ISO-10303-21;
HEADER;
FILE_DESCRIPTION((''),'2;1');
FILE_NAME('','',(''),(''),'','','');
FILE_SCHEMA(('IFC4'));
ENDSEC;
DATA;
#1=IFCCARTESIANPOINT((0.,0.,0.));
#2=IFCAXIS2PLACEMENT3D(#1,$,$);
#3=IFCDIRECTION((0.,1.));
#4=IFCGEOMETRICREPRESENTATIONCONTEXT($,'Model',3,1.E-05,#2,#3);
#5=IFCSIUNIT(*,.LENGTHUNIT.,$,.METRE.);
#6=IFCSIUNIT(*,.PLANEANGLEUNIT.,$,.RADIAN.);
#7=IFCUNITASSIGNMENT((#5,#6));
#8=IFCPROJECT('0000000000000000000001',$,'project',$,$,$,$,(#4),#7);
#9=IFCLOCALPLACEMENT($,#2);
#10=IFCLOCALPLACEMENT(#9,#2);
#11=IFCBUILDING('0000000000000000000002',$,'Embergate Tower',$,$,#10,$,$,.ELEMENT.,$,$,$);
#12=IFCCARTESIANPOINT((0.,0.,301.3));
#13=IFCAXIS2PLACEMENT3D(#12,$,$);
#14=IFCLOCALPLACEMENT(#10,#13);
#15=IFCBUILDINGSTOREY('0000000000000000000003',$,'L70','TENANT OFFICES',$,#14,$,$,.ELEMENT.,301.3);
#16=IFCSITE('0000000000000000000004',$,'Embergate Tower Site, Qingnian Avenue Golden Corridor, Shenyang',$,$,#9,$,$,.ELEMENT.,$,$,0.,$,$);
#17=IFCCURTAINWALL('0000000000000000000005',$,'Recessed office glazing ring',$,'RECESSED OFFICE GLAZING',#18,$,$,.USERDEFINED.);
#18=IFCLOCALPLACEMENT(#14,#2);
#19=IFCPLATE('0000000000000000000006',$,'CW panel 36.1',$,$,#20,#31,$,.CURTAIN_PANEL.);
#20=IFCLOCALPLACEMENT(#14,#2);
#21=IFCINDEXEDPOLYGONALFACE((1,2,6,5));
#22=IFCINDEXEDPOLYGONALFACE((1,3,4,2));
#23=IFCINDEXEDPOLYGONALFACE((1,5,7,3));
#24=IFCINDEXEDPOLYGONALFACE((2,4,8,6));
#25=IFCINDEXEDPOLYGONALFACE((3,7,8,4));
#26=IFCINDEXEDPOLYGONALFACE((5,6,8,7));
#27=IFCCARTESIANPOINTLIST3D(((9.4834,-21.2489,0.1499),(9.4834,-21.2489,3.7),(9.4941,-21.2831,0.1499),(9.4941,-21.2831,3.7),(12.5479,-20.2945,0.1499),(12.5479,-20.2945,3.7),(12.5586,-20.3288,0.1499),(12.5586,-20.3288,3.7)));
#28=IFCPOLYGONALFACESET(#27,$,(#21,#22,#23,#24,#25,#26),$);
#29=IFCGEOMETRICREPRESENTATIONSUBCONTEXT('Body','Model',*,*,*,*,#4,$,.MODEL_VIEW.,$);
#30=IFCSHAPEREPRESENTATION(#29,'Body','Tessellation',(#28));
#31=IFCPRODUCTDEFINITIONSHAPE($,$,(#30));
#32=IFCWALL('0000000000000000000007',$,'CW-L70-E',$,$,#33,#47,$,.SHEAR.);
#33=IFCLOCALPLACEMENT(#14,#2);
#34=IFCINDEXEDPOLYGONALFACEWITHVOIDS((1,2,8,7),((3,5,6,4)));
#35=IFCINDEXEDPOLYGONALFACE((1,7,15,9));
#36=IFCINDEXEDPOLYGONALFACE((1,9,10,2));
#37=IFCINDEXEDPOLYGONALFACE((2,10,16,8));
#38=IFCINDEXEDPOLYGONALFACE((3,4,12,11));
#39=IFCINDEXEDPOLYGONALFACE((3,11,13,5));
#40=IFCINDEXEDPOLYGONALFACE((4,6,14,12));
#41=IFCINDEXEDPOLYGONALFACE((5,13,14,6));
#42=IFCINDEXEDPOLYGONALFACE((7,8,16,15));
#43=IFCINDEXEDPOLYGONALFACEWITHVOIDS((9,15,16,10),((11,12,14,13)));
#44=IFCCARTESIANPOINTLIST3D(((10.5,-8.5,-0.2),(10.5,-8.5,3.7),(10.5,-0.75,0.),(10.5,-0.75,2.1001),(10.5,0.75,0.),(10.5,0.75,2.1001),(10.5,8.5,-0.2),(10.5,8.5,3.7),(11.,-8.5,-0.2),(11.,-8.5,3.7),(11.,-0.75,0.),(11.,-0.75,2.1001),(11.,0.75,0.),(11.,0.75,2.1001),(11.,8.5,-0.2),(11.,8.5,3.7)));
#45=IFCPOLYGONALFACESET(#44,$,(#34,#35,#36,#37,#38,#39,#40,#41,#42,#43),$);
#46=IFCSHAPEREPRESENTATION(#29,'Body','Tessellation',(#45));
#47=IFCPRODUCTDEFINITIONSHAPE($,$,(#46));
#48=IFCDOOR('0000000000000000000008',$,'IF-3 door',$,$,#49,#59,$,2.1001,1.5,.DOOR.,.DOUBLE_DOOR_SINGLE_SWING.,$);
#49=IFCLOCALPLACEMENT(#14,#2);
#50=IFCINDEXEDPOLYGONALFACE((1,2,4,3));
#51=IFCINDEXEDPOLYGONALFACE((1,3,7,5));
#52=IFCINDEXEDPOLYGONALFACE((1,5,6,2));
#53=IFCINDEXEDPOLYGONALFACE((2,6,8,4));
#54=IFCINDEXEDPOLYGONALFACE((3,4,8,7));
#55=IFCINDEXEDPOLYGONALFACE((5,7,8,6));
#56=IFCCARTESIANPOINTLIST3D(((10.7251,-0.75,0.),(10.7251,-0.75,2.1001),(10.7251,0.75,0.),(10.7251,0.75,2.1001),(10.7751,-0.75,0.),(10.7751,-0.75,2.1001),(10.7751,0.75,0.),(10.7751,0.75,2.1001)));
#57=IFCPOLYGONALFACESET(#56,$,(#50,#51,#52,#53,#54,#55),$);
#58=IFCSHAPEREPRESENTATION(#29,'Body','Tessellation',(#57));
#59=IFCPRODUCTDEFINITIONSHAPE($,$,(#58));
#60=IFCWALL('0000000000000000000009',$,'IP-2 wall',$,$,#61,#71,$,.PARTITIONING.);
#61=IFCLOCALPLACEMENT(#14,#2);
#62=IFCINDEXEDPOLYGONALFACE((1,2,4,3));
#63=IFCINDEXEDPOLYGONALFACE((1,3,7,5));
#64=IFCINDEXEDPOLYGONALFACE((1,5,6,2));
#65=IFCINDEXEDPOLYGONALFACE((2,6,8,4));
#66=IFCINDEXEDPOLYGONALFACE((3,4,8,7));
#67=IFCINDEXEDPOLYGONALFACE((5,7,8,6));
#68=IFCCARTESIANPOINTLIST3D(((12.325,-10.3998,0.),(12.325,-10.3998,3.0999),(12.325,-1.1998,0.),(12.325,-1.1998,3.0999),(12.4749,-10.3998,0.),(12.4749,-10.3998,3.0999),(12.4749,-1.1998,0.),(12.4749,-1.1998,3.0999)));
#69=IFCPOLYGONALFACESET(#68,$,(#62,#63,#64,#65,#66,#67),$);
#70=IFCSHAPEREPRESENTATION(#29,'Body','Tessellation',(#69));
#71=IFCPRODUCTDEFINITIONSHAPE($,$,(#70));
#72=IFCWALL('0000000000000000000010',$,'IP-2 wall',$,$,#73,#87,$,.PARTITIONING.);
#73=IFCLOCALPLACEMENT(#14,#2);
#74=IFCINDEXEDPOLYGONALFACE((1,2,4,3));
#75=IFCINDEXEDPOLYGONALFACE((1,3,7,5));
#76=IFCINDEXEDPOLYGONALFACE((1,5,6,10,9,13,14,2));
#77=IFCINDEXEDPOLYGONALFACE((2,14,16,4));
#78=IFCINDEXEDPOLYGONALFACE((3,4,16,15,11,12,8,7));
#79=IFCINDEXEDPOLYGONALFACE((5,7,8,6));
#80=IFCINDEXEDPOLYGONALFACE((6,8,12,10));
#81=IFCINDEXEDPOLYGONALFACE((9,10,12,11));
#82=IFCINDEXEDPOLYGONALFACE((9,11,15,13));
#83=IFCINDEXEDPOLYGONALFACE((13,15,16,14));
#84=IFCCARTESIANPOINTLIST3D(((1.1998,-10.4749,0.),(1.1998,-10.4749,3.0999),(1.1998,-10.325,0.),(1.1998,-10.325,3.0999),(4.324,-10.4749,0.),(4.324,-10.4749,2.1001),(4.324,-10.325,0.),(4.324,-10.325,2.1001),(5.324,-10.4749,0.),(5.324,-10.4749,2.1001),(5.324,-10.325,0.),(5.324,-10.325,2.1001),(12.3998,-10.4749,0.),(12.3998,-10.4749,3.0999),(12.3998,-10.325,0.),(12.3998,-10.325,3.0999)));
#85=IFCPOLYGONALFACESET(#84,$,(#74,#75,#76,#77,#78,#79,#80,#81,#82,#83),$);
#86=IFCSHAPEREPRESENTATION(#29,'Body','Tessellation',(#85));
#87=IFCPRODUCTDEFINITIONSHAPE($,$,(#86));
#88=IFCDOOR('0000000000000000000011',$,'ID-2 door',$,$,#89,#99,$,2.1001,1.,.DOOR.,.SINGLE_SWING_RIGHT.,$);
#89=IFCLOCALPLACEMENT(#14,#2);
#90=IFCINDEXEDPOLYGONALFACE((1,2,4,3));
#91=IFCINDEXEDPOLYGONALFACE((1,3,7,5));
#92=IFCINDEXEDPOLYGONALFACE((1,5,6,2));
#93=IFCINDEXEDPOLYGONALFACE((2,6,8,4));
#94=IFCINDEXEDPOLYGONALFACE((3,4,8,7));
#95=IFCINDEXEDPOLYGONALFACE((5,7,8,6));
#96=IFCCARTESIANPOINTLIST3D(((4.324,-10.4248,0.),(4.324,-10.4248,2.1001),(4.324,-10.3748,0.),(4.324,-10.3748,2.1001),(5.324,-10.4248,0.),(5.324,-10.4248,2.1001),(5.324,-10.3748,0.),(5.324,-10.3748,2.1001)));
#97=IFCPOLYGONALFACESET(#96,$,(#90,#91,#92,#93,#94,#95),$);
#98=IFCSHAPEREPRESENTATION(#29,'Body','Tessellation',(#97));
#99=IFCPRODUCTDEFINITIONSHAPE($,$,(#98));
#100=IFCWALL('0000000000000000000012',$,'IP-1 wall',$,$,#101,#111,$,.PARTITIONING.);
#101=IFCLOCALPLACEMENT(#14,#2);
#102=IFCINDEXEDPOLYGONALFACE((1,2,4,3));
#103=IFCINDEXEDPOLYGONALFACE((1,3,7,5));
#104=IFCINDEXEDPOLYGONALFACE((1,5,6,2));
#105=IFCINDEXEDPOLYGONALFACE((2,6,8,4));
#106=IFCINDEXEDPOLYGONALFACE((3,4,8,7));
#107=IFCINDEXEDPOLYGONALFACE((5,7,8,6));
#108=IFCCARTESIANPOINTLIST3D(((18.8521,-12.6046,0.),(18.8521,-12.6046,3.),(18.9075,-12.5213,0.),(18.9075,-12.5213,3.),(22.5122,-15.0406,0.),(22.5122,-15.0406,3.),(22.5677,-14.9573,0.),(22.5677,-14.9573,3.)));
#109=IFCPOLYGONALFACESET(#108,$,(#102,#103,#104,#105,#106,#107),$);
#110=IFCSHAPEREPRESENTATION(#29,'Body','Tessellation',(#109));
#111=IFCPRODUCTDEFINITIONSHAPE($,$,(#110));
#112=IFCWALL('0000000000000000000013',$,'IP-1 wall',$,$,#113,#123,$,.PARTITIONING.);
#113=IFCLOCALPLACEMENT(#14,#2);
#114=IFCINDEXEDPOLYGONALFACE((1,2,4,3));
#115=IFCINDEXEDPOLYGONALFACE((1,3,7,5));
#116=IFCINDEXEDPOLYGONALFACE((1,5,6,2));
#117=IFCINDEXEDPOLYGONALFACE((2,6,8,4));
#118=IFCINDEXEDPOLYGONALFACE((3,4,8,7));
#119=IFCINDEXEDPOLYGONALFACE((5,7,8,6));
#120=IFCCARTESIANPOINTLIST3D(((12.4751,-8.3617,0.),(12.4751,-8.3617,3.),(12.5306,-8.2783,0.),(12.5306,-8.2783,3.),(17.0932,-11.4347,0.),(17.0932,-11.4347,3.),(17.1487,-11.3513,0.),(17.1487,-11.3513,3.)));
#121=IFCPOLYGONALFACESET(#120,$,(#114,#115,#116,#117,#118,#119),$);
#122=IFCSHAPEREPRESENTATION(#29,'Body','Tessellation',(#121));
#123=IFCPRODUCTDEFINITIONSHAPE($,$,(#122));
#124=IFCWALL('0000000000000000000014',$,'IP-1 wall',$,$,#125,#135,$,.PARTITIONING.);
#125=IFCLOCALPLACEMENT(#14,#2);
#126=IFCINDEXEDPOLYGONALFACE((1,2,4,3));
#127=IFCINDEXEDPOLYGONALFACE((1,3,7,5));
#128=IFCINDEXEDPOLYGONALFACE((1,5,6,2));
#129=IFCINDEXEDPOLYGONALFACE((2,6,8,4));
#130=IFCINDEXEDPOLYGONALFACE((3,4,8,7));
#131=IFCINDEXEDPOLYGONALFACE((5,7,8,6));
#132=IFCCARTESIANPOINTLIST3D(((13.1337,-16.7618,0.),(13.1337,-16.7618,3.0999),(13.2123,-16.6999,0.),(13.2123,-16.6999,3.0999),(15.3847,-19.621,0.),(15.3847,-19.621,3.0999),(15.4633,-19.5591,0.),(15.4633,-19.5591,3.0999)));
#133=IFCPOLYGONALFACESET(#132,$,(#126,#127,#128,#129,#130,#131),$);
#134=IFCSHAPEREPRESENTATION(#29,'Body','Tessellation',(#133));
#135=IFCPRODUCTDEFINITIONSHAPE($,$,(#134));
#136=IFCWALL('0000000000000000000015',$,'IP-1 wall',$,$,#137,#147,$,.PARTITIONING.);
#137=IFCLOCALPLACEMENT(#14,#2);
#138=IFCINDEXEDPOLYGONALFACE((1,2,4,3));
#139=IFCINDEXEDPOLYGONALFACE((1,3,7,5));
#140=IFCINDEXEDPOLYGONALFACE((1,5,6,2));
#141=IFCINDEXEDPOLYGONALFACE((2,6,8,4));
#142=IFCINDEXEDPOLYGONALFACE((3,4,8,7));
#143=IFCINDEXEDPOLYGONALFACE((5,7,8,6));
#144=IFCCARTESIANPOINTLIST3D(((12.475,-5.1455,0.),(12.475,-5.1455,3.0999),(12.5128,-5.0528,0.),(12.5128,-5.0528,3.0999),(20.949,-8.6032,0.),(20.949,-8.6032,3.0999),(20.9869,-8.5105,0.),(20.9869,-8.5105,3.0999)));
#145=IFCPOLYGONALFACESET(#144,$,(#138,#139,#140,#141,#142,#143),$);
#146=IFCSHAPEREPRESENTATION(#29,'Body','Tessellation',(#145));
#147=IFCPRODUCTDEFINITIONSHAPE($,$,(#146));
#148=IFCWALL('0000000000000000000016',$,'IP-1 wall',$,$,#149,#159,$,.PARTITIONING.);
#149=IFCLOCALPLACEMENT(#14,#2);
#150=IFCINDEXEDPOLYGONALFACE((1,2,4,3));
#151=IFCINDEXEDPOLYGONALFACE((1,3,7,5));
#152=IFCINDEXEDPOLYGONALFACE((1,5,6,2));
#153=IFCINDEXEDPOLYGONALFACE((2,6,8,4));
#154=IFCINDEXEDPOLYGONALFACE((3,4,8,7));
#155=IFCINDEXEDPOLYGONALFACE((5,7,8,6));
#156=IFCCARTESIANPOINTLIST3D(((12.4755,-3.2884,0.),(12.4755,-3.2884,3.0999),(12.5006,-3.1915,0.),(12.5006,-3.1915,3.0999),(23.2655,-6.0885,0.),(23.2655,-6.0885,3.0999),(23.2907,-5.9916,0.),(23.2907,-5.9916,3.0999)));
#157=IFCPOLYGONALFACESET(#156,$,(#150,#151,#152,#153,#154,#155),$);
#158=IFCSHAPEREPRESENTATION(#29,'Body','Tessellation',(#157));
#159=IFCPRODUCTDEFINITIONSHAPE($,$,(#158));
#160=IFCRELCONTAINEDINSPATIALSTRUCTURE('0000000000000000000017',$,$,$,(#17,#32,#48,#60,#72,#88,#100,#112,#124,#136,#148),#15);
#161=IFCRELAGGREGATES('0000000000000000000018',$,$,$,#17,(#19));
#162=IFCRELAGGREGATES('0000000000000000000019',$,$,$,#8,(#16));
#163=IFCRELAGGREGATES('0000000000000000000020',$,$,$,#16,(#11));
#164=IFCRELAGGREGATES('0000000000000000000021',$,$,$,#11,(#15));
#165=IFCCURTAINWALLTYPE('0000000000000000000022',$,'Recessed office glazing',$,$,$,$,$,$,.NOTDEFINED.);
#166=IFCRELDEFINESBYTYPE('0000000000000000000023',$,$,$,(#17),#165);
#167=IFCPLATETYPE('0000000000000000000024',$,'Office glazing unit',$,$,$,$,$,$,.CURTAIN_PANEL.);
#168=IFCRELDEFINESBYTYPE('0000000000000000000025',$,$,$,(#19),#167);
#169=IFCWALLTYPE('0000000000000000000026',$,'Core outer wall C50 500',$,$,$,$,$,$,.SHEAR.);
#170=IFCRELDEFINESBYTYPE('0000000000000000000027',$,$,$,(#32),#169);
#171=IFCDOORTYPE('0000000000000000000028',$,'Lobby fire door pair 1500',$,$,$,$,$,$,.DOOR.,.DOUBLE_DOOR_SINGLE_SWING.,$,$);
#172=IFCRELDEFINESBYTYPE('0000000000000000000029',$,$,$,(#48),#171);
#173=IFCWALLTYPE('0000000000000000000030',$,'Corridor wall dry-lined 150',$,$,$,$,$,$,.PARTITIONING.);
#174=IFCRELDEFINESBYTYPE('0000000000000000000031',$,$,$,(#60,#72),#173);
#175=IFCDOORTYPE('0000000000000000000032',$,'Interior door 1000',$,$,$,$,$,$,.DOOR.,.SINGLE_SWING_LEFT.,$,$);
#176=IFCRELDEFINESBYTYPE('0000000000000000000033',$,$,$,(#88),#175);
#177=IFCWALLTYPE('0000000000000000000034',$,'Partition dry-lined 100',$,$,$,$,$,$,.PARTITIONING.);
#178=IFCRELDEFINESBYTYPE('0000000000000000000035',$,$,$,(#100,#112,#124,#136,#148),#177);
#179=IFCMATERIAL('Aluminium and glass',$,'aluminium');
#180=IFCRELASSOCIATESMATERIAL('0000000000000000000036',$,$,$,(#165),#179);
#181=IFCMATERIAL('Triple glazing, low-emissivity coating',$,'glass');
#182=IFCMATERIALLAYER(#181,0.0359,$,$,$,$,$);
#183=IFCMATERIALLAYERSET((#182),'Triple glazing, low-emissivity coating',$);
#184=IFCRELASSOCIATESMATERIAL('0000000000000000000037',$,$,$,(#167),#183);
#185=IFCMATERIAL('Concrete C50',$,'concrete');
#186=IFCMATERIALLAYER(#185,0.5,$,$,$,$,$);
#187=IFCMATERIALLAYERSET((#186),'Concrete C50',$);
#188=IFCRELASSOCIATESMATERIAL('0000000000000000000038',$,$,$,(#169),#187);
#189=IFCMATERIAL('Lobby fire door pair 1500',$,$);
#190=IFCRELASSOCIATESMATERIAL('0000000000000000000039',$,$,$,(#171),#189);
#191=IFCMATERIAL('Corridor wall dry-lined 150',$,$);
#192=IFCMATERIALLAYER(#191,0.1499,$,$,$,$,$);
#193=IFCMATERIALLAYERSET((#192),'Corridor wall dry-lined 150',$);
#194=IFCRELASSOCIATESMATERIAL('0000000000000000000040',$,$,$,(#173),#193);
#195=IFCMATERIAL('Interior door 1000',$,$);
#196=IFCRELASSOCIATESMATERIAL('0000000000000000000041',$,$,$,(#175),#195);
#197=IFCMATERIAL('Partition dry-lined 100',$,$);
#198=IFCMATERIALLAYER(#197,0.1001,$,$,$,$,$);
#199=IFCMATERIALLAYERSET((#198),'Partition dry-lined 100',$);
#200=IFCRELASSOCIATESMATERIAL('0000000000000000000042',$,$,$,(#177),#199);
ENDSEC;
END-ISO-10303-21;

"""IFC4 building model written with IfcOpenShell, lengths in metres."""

from ifc_helpers import new_model, si_unit, direction, frame, frame_2d, origin, origin_2d, place, context, subcontext, project, spatial, rectangle, extrude, source, transform, mapped, material, layer, layer_set, type_object, element, fill, aggregate, save


model = new_model("IFC4")

# Units and contexts
model_context = context("Model", 3, precision=1e-05, world=origin(), true_north=direction((0.0, 1.0)))
body_context = subcontext(model_context, "Body", "Model", "MODEL_VIEW")
ifc_project = project(units=[si_unit("LENGTHUNIT", "METRE"), si_unit("PLANEANGLEUNIT", "RADIAN")], contexts=[model_context])

# Site, building, storey
site_placement = place(None, origin())
site = spatial("IfcSite", under=ifc_project, at=site_placement, Name="Embergate Tower Site, Qingnian Avenue Golden Corridor, Shenyang", CompositionType="ELEMENT", RefElevation=0.0)
building_placement = place(site_placement, origin())
building = spatial("IfcBuilding", under=site, at=building_placement, Name="Embergate Tower", CompositionType="ELEMENT")
storey_placement = place(building_placement, frame((0.0, 0.0, 301.3)))
storey = spatial("IfcBuildingStorey", under=building, at=storey_placement, Name="L70", Description="TENANT OFFICES", CompositionType="ELEMENT", Elevation=301.3)

# Shared definitions
ifc_material_1 = material(Name="Concrete C50", Category="concrete")

# Curtain wall, plate
ifc_material_2 = material(Name="Aluminium and glass", Category="aluminium")
curtain_wall_type = type_object("IfcCurtainWallType", Name="Recessed office glazing", PredefinedType="NOTDEFINED", material=ifc_material_2)
curtain_wall_placement = place(storey_placement, origin())
curtain_wall = element("IfcCurtainWall", 1, at=curtain_wall_placement, inside=storey, type_object=curtain_wall_type, Name="Recessed office glazing ring", ObjectType="RECESSED OFFICE GLAZING", PredefinedType="USERDEFINED")
ifc_material_3 = material(Name="Triple glazing, low-emissivity coating", Category="glass")
ifc_layer_1 = layer(ifc_material_3, 0.0359)
ifc_layer_set_1 = layer_set([ifc_layer_1], Name="Triple glazing, low-emissivity coating")
plate_type = type_object("IfcPlateType", Name="Office glazing unit", PredefinedType="CURTAIN_PANEL", material=ifc_layer_set_1)
shared_shape_1 = source(origin(), body_context, "Body", "SweptSolid", [
    extrude(rectangle(XDim=3.2097, YDim=0.0359, at=origin_2d()), origin(), (0.0, 0.0, 1.0), 3.55),
])
plate_1_placement = place(storey_placement, frame((11.021, -20.7888, 0.1499), z_axis=(0.0, 0.0, 1.0), x_axis=(0.954771, 0.297342, 0.0)))
plate_1 = element("IfcPlate", 2, at=plate_1_placement, type_object=plate_type, Name="CW panel 36.1", PredefinedType="CURTAIN_PANEL", context=body_context, shape_type="MappedRepresentation", body=[
    mapped(shared_shape_1, transform((0.0, 0.0, 0.0))),
])
aggregate(curtain_wall, [plate_1])

# Wall, opening, door
ifc_layer_2 = layer(ifc_material_1, 0.5)
ifc_layer_set_2 = layer_set([ifc_layer_2], Name="Concrete C50")
wall_type_1 = type_object("IfcWallType", Name="Core outer wall C50 500", PredefinedType="SHEAR", material=ifc_layer_set_2)
shared_shape_2 = source(origin(), body_context, "Body", "SweptSolid", [
    extrude(rectangle(XDim=17.0, YDim=0.5, at=frame_2d((8.5, 0.0))), origin(), (0.0, 0.0, 1.0), 3.8999),
])
wall_1_placement = place(storey_placement, frame((10.75, -8.5, -0.2), z_axis=(0.0, 0.0, 1.0), x_axis=(0.0, 1.0, 0.0)))
wall_1 = element("IfcWall", 3, at=wall_1_placement, inside=storey, type_object=wall_type_1, Name="CW-L70-E", PredefinedType="SHEAR", context=body_context, shape_type="MappedRepresentation", body=[
    mapped(shared_shape_2, transform((0.0, 0.0, 0.0))),
])
shared_shape_3 = source(origin(), body_context, "Body", "SweptSolid", [
    extrude(rectangle(XDim=1.5, YDim=2.1001, at=frame_2d((0.75, 1.05))), frame((0.0, 0.26, 0.0), z_axis=(0.0, -1.0, 0.0), x_axis=(1.0, 0.0, 0.0)), (0.0, 0.0, 1.0), 0.52),
])
opening_1_placement = place(wall_1_placement, frame((7.75, 0.0, 0.2)))
opening_1 = element("IfcOpeningElement", 4, at=opening_1_placement, cuts=wall_1, PredefinedType="OPENING", context=body_context, shape_type="MappedRepresentation", body=[
    mapped(shared_shape_3, transform((0.0, 0.0, 0.0))),
])
ifc_material_4 = material(Name="Lobby fire door pair 1500")
door_type_1 = type_object("IfcDoorType", Name="Lobby fire door pair 1500", OperationType="DOUBLE_DOOR_SINGLE_SWING", PredefinedType="DOOR", material=ifc_material_4)
shared_shape_4 = source(origin(), body_context, "Body", "SweptSolid", [
    extrude(rectangle(XDim=1.5, YDim=2.1001, at=frame_2d((0.75, 1.05))), frame((0.0, 0.0249, 0.0), z_axis=(0.0, -1.0, 0.0), x_axis=(1.0, 0.0, 0.0)), (0.0, 0.0, 1.0), 0.05),
])
door_1_placement = place(opening_1_placement, origin())
door_1 = element("IfcDoor", 5, at=door_1_placement, inside=storey, type_object=door_type_1, Name="IF-3 door", OperationType="DOUBLE_DOOR_SINGLE_SWING", OverallHeight=2.1001, OverallWidth=1.5, PredefinedType="DOOR", context=body_context, shape_type="MappedRepresentation", body=[
    mapped(shared_shape_4, transform((0.0, 0.0, 0.0))),
])
fill(opening_1, door_1)

# Wall
ifc_material_5 = material(Name="Corridor wall dry-lined 150")
ifc_layer_3 = layer(ifc_material_5, 0.1499)
ifc_layer_set_3 = layer_set([ifc_layer_3], Name="Corridor wall dry-lined 150")
wall_type_2 = type_object("IfcWallType", Name="Corridor wall dry-lined 150", PredefinedType="PARTITIONING", material=ifc_layer_set_3)
shared_shape_5 = source(origin(), body_context, "Body", "SweptSolid", [
    extrude(rectangle(XDim=9.2, YDim=0.1499, at=frame_2d((4.6001, 0.0))), origin(), (0.0, 0.0, 1.0), 3.0999),
])
wall_2_placement = place(storey_placement, frame((12.3999, -10.3999, 0.0), z_axis=(0.0, 0.0, 1.0), x_axis=(0.0, 1.0, 0.0)))
element("IfcWall", 6, at=wall_2_placement, inside=storey, type_object=wall_type_2, Name="IP-2 wall", PredefinedType="PARTITIONING", context=body_context, shape_type="MappedRepresentation", body=[
    mapped(shared_shape_5, transform((0.0, 0.0, 0.0))),
])

# Wall, opening, door
shared_shape_6 = source(origin(), body_context, "Body", "SweptSolid", [
    extrude(rectangle(XDim=11.2, YDim=0.1499, at=frame_2d((5.6001, 0.0))), origin(), (0.0, 0.0, 1.0), 3.0999),
])
wall_3_placement = place(storey_placement, frame((12.3999, -10.3999, 0.0), z_axis=(0.0, 0.0, 1.0), x_axis=(-1.0, 0.0, 0.0)))
wall_3 = element("IfcWall", 7, at=wall_3_placement, inside=storey, type_object=wall_type_2, Name="IP-2 wall", PredefinedType="PARTITIONING", context=body_context, shape_type="MappedRepresentation", body=[
    mapped(shared_shape_6, transform((0.0, 0.0, 0.0))),
])
shared_shape_7 = source(origin(), body_context, "Body", "SweptSolid", [
    extrude(rectangle(XDim=1.0, YDim=2.1001, at=frame_2d((0.5, 1.05))), frame((0.0, 0.085, 0.0), z_axis=(0.0, -1.0, 0.0), x_axis=(1.0, 0.0, 0.0)), (0.0, 0.0, 1.0), 0.1699),
])
opening_2_placement = place(wall_3_placement, frame((7.0759, 0.0, 0.0)))
opening_2 = element("IfcOpeningElement", 8, at=opening_2_placement, cuts=wall_3, PredefinedType="OPENING", context=body_context, shape_type="MappedRepresentation", body=[
    mapped(shared_shape_7, transform((0.0, 0.0, 0.0))),
])
ifc_material_6 = material(Name="Interior door 1000")
door_type_2 = type_object("IfcDoorType", Name="Interior door 1000", OperationType="SINGLE_SWING_LEFT", PredefinedType="DOOR", material=ifc_material_6)
shared_shape_8 = source(origin(), body_context, "Body", "SweptSolid", [
    extrude(rectangle(XDim=1.0, YDim=2.1001, at=frame_2d((0.5, 1.05))), frame((0.0, 0.0249, 0.0), z_axis=(0.0, -1.0, 0.0), x_axis=(1.0, 0.0, 0.0)), (0.0, 0.0, 1.0), 0.05),
])
door_2_placement = place(opening_2_placement, origin())
door_2 = element("IfcDoor", 9, at=door_2_placement, inside=storey, type_object=door_type_2, Name="ID-2 door", OperationType="SINGLE_SWING_RIGHT", OverallHeight=2.1001, OverallWidth=1.0, PredefinedType="DOOR", context=body_context, shape_type="MappedRepresentation", body=[
    mapped(shared_shape_8, transform((0.0, 0.0, 0.0))),
])
fill(opening_2, door_2)

# Walls
ifc_material_7 = material(Name="Partition dry-lined 100")
ifc_layer_4 = layer(ifc_material_7, 0.1001)
ifc_layer_set_4 = layer_set([ifc_layer_4], Name="Partition dry-lined 100")
wall_type_3 = type_object("IfcWallType", Name="Partition dry-lined 100", PredefinedType="PARTITIONING", material=ifc_layer_set_4)
shared_shape_9 = source(origin(), body_context, "Body", "SweptSolid", [
    extrude(rectangle(XDim=4.3967, YDim=0.1001, at=frame_2d((2.1982, 0.0))), origin(), (0.0, 0.0, 1.0), 3.0),
])
wall_4_placement = place(storey_placement, frame((18.8799, -12.563, 0.0), z_axis=(0.0, 0.0, 1.0), x_axis=(0.832477, -0.554059, 0.0)))
element("IfcWall", 10, at=wall_4_placement, inside=storey, type_object=wall_type_3, Name="IP-1 wall", PredefinedType="PARTITIONING", context=body_context, shape_type="MappedRepresentation", body=[
    mapped(shared_shape_9, transform((0.0, 0.0, 0.0))),
])
shared_shape_10 = source(origin(), body_context, "Body", "SweptSolid", [
    extrude(rectangle(XDim=5.5471, YDim=0.1001, at=frame_2d((2.7734, 0.0))), origin(), (0.0, 0.0, 1.0), 3.0),
])
wall_5_placement = place(storey_placement, frame((12.5029, -8.3201, 0.0), z_axis=(0.0, 0.0, 1.0), x_axis=(0.832531, -0.553979, 0.0)))
element("IfcWall", 11, at=wall_5_placement, inside=storey, type_object=wall_type_3, Name="IP-1 wall", PredefinedType="PARTITIONING", context=body_context, shape_type="MappedRepresentation", body=[
    mapped(shared_shape_10, transform((0.0, 0.0, 0.0))),
])
shared_shape_11 = source(origin(), body_context, "Body", "SweptSolid", [
    extrude(rectangle(XDim=3.6389, YDim=0.1001, at=frame_2d((1.8193, 0.0))), origin(), (0.0, 0.0, 1.0), 3.0999),
])
wall_6_placement = place(storey_placement, frame((13.1731, -16.731, 0.0), z_axis=(0.0, 0.0, 1.0), x_axis=(0.618589, -0.785715, 0.0)))
element("IfcWall", 12, at=wall_6_placement, inside=storey, type_object=wall_type_3, Name="IP-1 wall", PredefinedType="PARTITIONING", context=body_context, shape_type="MappedRepresentation", body=[
    mapped(shared_shape_11, transform((0.0, 0.0, 0.0))),
])
shared_shape_12 = source(origin(), body_context, "Body", "SweptSolid", [
    extrude(rectangle(XDim=9.1523, YDim=0.1001, at=frame_2d((4.5762, 0.0))), origin(), (0.0, 0.0, 1.0), 3.0999),
])
wall_7_placement = place(storey_placement, frame((12.4939, -5.0991, 0.0), z_axis=(0.0, 0.0, 1.0), x_axis=(0.925888, -0.377798, 0.0)))
element("IfcWall", 13, at=wall_7_placement, inside=storey, type_object=wall_type_3, Name="IP-1 wall", PredefinedType="PARTITIONING", context=body_context, shape_type="MappedRepresentation", body=[
    mapped(shared_shape_12, transform((0.0, 0.0, 0.0))),
])
shared_shape_13 = source(origin(), body_context, "Body", "SweptSolid", [
    extrude(rectangle(XDim=11.1475, YDim=0.1001, at=frame_2d((5.5737, 0.0))), origin(), (0.0, 0.0, 1.0), 3.0999),
])
wall_8_placement = place(storey_placement, frame((12.488, -3.24, 0.0), z_axis=(0.0, 0.0, 1.0), x_axis=(0.96794, -0.251183, 0.0)))
element("IfcWall", 14, at=wall_8_placement, inside=storey, type_object=wall_type_3, Name="IP-1 wall", PredefinedType="PARTITIONING", context=body_context, shape_type="MappedRepresentation", body=[
    mapped(shared_shape_13, transform((0.0, 0.0, 0.0))),
])

save(model, "model.ifc")
